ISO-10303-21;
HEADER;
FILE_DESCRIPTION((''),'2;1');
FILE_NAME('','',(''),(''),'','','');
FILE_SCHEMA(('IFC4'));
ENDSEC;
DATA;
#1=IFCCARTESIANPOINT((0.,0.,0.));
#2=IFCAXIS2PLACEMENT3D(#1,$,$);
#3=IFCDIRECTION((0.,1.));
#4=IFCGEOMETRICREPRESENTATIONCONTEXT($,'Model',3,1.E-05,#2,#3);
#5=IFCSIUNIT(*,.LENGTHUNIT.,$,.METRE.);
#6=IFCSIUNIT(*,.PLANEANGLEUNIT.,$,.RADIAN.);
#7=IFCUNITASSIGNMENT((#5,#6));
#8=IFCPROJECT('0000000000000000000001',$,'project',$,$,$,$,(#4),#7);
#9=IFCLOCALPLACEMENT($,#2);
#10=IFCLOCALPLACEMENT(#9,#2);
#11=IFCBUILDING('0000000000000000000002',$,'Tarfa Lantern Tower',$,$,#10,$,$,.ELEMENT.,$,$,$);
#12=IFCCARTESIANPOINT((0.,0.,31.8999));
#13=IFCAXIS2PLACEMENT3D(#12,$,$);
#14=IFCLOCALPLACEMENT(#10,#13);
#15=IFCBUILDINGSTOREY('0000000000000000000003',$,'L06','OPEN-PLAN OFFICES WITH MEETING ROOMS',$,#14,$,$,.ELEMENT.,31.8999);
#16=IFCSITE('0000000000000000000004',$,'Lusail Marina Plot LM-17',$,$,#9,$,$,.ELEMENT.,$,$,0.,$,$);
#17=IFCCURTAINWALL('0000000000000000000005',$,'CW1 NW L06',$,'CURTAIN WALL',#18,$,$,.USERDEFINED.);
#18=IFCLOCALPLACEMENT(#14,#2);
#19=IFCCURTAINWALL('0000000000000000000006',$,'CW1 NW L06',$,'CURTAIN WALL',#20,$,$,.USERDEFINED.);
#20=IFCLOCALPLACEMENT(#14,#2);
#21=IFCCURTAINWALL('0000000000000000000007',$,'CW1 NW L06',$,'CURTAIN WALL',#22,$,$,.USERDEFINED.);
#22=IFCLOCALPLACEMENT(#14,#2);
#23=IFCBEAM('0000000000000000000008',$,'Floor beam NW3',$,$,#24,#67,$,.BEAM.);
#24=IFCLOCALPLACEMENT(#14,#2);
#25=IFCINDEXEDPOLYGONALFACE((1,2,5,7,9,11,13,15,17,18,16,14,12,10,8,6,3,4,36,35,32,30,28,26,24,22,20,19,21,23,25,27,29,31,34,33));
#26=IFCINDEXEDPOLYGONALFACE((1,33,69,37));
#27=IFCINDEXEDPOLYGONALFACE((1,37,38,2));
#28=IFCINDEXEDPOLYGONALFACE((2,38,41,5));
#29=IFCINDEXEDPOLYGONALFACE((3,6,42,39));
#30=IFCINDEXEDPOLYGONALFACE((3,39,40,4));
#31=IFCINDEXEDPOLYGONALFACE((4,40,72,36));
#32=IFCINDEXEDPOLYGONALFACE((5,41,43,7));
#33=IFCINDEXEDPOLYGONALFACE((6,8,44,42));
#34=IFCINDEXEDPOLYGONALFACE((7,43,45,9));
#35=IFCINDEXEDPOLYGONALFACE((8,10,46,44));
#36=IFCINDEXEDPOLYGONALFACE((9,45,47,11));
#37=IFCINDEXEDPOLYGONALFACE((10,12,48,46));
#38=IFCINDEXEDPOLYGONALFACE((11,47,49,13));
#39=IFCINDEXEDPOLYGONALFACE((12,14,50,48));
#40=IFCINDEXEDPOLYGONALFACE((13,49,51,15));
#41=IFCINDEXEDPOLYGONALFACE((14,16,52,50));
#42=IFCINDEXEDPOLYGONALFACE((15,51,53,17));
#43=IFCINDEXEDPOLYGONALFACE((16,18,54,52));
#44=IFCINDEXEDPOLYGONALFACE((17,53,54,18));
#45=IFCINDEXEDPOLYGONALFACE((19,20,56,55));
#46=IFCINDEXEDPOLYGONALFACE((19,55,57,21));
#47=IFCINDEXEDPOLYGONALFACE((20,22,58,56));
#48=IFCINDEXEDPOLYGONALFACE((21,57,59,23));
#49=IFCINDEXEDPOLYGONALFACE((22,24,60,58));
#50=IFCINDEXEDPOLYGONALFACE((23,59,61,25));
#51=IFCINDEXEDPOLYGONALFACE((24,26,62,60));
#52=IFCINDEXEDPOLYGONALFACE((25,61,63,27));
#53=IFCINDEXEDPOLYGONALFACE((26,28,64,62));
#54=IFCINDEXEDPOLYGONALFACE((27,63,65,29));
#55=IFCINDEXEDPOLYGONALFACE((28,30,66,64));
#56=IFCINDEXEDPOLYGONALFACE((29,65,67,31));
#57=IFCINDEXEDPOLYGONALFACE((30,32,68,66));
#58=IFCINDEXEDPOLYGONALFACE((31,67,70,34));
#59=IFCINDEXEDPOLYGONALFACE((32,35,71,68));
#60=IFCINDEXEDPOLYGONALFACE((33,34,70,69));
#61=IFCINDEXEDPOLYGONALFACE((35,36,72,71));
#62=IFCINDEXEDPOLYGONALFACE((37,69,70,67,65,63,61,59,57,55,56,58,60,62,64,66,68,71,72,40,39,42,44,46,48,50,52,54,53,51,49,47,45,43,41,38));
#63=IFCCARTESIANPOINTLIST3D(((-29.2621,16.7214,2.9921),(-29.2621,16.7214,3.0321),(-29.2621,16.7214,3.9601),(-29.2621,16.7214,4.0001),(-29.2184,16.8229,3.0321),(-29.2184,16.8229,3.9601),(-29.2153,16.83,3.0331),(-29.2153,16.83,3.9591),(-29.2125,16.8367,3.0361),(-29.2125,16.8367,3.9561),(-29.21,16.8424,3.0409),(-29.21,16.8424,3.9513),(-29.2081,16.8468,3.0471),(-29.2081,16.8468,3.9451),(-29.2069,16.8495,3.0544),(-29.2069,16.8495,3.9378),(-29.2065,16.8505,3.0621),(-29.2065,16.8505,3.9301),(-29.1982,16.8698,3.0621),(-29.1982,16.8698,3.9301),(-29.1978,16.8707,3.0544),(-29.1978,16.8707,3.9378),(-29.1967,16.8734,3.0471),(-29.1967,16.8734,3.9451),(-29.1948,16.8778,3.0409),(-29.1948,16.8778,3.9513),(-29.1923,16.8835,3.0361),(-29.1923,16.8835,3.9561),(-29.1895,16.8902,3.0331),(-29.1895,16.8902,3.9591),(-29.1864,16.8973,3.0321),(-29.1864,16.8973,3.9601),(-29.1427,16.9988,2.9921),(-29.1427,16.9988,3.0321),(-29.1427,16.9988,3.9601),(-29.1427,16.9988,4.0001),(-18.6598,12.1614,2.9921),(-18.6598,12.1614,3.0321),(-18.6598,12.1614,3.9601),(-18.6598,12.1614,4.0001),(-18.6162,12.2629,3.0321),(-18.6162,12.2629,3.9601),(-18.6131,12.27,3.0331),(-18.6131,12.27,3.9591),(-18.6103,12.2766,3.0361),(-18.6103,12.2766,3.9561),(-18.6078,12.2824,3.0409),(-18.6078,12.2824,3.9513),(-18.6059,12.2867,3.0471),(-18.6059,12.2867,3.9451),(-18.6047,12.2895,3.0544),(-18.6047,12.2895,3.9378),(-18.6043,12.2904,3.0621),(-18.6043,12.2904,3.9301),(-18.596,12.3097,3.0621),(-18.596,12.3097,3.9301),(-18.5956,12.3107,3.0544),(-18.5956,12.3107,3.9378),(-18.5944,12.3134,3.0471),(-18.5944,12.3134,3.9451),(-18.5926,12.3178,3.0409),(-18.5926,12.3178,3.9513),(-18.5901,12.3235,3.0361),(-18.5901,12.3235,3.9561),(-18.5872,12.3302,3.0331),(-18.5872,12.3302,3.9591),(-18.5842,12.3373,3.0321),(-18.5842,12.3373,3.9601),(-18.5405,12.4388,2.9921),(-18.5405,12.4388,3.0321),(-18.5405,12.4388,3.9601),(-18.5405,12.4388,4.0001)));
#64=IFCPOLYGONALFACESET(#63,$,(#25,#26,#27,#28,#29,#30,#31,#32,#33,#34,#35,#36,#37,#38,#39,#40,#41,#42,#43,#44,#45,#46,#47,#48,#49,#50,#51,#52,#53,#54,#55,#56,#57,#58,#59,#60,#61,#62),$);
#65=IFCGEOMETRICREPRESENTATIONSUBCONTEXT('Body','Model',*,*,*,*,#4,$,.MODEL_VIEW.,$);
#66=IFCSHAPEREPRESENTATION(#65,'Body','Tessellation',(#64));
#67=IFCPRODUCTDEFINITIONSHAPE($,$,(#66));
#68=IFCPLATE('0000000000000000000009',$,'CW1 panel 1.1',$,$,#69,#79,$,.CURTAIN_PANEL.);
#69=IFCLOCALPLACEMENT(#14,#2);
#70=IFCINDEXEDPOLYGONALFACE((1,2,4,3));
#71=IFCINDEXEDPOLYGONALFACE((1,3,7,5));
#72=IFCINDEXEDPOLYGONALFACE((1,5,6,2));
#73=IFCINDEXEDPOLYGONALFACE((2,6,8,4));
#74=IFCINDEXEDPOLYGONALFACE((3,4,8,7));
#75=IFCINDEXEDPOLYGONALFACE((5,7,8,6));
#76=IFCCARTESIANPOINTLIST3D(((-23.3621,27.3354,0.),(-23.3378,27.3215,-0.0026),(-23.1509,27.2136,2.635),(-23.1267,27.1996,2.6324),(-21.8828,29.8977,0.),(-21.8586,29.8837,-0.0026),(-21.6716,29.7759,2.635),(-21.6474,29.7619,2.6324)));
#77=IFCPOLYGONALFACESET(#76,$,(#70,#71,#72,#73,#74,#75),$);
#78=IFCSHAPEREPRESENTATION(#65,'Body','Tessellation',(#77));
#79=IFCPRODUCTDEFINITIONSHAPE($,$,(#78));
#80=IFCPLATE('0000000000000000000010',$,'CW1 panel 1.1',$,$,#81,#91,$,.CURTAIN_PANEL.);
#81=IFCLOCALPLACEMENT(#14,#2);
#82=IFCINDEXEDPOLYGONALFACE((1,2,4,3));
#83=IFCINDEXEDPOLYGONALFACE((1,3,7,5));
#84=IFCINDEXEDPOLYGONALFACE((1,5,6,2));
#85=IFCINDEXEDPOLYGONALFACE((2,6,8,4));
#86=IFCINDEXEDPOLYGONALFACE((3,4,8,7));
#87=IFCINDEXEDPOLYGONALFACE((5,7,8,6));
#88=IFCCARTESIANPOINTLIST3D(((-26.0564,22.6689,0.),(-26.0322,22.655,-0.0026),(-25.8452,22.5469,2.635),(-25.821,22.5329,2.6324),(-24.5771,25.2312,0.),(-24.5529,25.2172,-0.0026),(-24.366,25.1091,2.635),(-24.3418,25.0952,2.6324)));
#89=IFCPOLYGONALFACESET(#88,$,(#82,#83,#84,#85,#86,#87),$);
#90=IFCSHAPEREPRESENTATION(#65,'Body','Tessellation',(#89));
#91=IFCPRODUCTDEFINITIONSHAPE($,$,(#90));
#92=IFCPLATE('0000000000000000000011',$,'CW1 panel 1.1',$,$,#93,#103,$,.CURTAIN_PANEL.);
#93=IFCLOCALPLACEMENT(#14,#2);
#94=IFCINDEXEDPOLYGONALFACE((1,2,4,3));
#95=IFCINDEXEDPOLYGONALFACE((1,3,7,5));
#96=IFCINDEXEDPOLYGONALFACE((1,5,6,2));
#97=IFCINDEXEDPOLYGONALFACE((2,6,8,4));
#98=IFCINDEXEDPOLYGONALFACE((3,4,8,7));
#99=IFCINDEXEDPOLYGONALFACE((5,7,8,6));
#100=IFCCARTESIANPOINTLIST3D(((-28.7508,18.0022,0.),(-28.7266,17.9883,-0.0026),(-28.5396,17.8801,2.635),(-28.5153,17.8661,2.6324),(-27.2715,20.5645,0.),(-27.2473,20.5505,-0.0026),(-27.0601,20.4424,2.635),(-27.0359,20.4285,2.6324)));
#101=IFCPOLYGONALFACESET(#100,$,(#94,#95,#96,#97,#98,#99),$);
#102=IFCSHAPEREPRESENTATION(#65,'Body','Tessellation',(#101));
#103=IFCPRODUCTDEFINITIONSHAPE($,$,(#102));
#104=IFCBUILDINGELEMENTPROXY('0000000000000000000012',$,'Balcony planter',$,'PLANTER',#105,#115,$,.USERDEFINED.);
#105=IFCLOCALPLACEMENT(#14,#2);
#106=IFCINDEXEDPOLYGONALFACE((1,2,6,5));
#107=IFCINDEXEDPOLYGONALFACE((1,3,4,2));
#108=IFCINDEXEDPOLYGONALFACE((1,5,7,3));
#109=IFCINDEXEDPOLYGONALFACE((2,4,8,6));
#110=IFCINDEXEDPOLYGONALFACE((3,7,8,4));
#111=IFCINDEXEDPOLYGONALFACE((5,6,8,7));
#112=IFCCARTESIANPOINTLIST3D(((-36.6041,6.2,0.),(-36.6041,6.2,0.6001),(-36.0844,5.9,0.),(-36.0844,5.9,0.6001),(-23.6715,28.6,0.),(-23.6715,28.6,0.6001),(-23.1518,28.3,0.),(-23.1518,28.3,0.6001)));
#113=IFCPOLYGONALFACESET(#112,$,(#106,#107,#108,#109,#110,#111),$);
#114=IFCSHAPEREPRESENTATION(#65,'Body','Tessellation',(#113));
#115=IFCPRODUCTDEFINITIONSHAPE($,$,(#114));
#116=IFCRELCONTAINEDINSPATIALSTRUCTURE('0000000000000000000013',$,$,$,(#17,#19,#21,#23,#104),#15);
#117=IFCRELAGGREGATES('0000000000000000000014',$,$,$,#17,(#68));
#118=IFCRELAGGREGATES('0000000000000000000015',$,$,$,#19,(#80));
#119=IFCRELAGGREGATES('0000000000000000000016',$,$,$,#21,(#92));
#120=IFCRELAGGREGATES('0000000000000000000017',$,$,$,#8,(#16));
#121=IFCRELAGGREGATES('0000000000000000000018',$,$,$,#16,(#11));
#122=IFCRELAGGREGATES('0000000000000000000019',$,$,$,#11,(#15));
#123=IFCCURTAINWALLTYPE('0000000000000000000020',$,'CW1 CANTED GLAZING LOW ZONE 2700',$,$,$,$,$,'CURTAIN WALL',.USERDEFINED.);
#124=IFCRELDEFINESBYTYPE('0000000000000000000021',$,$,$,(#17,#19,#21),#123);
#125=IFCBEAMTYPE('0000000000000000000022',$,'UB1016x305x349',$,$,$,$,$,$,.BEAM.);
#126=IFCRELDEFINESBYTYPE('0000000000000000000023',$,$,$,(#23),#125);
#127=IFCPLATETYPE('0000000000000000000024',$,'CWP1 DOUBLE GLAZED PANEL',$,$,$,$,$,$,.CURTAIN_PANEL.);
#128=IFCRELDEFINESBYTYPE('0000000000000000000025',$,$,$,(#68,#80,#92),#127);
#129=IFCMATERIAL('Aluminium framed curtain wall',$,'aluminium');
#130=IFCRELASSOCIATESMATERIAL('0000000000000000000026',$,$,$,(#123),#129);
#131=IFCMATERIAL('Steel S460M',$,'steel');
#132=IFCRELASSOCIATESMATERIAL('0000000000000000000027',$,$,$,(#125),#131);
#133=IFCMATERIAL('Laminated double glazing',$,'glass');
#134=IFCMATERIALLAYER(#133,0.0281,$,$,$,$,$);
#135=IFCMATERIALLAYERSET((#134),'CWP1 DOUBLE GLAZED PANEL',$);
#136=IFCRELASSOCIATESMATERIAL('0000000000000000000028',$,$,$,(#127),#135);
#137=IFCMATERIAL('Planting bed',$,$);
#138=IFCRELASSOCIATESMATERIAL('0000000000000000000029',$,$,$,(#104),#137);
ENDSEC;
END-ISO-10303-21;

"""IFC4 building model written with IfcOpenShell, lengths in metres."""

from ifc_helpers import new_model, si_unit, direction, frame, origin, origin_2d, place, context, subcontext, project, spatial, polyline, rectangle, i_section, outline, extrude, material, layer, layer_set, material_profile, profile_set, type_object, element, aggregate, save


model = new_model("IFC4")

# Units and contexts
model_context = context("Model", 3, precision=1e-05, world=origin(), true_north=direction((0.0, 1.0)))
body_context = subcontext(model_context, "Body", "Model", "MODEL_VIEW")
ifc_project = project(units=[si_unit("LENGTHUNIT", "METRE"), si_unit("PLANEANGLEUNIT", "RADIAN")], contexts=[model_context])

# Site, building, storey
site_placement = place(None, origin())
site = spatial("IfcSite", under=ifc_project, at=site_placement, Name="Lusail Marina Plot LM-17", CompositionType="ELEMENT", RefElevation=0.0)
building_placement = place(site_placement, origin())
building = spatial("IfcBuilding", under=site, at=building_placement, Name="Tarfa Lantern Tower", CompositionType="ELEMENT")
storey_placement = place(building_placement, frame((0.0, 0.0, 31.8999)))
storey = spatial("IfcBuildingStorey", under=building, at=storey_placement, Name="L06", Description="OPEN-PLAN OFFICES WITH MEETING ROOMS", CompositionType="ELEMENT", Elevation=31.8999)

# Curtain walls
ifc_material_1 = material(Name="Aluminium framed curtain wall", Category="aluminium")
curtain_wall_type = type_object("IfcCurtainWallType", Name="CW1 CANTED GLAZING LOW ZONE 2700", ElementType="CURTAIN WALL", PredefinedType="USERDEFINED", material=ifc_material_1)
curtain_wall_1_placement = place(storey_placement, origin())
curtain_wall_1 = element("IfcCurtainWall", 1, at=curtain_wall_1_placement, inside=storey, type_object=curtain_wall_type, Name="CW1 NW L06", ObjectType="CURTAIN WALL", PredefinedType="USERDEFINED")
curtain_wall_2_placement = place(storey_placement, origin())
curtain_wall_2 = element("IfcCurtainWall", 2, at=curtain_wall_2_placement, inside=storey, type_object=curtain_wall_type, Name="CW1 NW L06", ObjectType="CURTAIN WALL", PredefinedType="USERDEFINED")
curtain_wall_3_placement = place(storey_placement, origin())
curtain_wall_3 = element("IfcCurtainWall", 3, at=curtain_wall_3_placement, inside=storey, type_object=curtain_wall_type, Name="CW1 NW L06", ObjectType="CURTAIN WALL", PredefinedType="USERDEFINED")

# Beam
ifc_material_2 = material(Name="Steel S460M", Category="steel")
ifc_material_profile_1 = material_profile(ifc_material_2, i_section(OverallWidth=0.302, OverallDepth=1.0081, WebThickness=0.021, FlangeThickness=0.04, FilletRadius=0.03, at=origin_2d()), Name="UB1016x305x349")
ifc_profile_set_1 = profile_set([ifc_material_profile_1], Name="Steel S460M")
beam_type_1 = type_object("IfcBeamType", Name="UB1016x305x349", PredefinedType="BEAM", material=ifc_profile_set_1)
beam_1_placement = place(storey_placement, frame((-29.2024, 16.8601, 3.4961), z_axis=(0.918635, -0.395106, 0.0), x_axis=(0.395106, 0.918635, 0.0)))
element("IfcBeam", 4, at=beam_1_placement, inside=storey, type_object=beam_type_1, Name="Floor beam NW3", PredefinedType="BEAM", context=body_context, shape_type="SweptSolid", body=[
    extrude(i_section(OverallWidth=0.302, OverallDepth=1.0081, WebThickness=0.021, FlangeThickness=0.04, FilletRadius=0.03, at=origin_2d()), origin(), (0.0, 0.0, 1.0), 11.5413),
])

# Plates
ifc_material_3 = material(Name="Laminated double glazing", Category="glass")
ifc_layer = layer(ifc_material_3, 0.0281)
ifc_layer_set = layer_set([ifc_layer], Name="CWP1 DOUBLE GLAZED PANEL")
plate_type = type_object("IfcPlateType", Name="CWP1 DOUBLE GLAZED PANEL", PredefinedType="CURTAIN_PANEL", material=ifc_layer_set)
plate_1_placement = place(storey_placement, frame((-21.8828, 29.8977, 0.0), z_axis=(-0.862353, 0.497856, 0.092131), x_axis=(-0.499982, -0.866036, 0.0)))
plate_1 = element("IfcPlate", 5, at=plate_1_placement, type_object=plate_type, Name="CW1 panel 1.1", PredefinedType="CURTAIN_PANEL", context=body_context, shape_type="SweptSolid", body=[
    extrude(outline(polyline([(0.0, 0.0), (2.9586, 0.0), (2.9585, 2.6463), (-0.0001, 2.6463), (0.0, 0.0)])), origin(), (0.0, 0.0, -1.0), 0.0281),
])
aggregate(curtain_wall_1, [plate_1])
plate_2_placement = place(storey_placement, frame((-24.5771, 25.2312, 0.0), z_axis=(-0.862349, 0.497853, 0.092176), x_axis=(-0.499982, -0.866036, 0.0)))
plate_2 = element("IfcPlate", 6, at=plate_2_placement, type_object=plate_type, Name="CW1 panel 1.1", PredefinedType="CURTAIN_PANEL", context=body_context, shape_type="SweptSolid", body=[
    extrude(outline(polyline([(0.0, 0.0), (2.9586, 0.0), (2.9587, 2.6463), (0.0001, 2.6463), (0.0, 0.0)])), origin(), (0.0, 0.0, -1.0), 0.0281),
])
aggregate(curtain_wall_2, [plate_2])
plate_3_placement = place(storey_placement, frame((-27.2715, 20.5645, 0.0), z_axis=(-0.862328, 0.497882, 0.092216), x_axis=(-0.500013, -0.866018, 0.000003)))
plate_3 = element("IfcPlate", 7, at=plate_3_placement, type_object=plate_type, Name="CW1 panel 1.1", PredefinedType="CURTAIN_PANEL", context=body_context, shape_type="SweptSolid", body=[
    extrude(outline(polyline([(0.0, 0.0), (2.9586, 0.0), (2.9587, 2.6463), (0.0, 2.6463), (0.0, 0.0)])), origin(), (0.0, 0.0, -1.0), 0.0281),
])
aggregate(curtain_wall_3, [plate_3])

# Building element proxy
ifc_material_4 = material(Name="Planting bed")
proxy_placement = place(storey_placement, frame((-29.8779, 17.25, 0.0), z_axis=(0.0, 0.0, 1.0), x_axis=(-0.5, -0.866025, 0.0)))
element("IfcBuildingElementProxy", 8, at=proxy_placement, inside=storey, material=ifc_material_4, Name="Balcony planter", ObjectType="PLANTER", PredefinedType="USERDEFINED", context=body_context, shape_type="SweptSolid", body=[
    extrude(rectangle(XDim=25.8652, YDim=0.6001, at=origin_2d()), origin(), (0.0, 0.0, 1.0), 0.6001),
])

save(model, "model.ifc")
